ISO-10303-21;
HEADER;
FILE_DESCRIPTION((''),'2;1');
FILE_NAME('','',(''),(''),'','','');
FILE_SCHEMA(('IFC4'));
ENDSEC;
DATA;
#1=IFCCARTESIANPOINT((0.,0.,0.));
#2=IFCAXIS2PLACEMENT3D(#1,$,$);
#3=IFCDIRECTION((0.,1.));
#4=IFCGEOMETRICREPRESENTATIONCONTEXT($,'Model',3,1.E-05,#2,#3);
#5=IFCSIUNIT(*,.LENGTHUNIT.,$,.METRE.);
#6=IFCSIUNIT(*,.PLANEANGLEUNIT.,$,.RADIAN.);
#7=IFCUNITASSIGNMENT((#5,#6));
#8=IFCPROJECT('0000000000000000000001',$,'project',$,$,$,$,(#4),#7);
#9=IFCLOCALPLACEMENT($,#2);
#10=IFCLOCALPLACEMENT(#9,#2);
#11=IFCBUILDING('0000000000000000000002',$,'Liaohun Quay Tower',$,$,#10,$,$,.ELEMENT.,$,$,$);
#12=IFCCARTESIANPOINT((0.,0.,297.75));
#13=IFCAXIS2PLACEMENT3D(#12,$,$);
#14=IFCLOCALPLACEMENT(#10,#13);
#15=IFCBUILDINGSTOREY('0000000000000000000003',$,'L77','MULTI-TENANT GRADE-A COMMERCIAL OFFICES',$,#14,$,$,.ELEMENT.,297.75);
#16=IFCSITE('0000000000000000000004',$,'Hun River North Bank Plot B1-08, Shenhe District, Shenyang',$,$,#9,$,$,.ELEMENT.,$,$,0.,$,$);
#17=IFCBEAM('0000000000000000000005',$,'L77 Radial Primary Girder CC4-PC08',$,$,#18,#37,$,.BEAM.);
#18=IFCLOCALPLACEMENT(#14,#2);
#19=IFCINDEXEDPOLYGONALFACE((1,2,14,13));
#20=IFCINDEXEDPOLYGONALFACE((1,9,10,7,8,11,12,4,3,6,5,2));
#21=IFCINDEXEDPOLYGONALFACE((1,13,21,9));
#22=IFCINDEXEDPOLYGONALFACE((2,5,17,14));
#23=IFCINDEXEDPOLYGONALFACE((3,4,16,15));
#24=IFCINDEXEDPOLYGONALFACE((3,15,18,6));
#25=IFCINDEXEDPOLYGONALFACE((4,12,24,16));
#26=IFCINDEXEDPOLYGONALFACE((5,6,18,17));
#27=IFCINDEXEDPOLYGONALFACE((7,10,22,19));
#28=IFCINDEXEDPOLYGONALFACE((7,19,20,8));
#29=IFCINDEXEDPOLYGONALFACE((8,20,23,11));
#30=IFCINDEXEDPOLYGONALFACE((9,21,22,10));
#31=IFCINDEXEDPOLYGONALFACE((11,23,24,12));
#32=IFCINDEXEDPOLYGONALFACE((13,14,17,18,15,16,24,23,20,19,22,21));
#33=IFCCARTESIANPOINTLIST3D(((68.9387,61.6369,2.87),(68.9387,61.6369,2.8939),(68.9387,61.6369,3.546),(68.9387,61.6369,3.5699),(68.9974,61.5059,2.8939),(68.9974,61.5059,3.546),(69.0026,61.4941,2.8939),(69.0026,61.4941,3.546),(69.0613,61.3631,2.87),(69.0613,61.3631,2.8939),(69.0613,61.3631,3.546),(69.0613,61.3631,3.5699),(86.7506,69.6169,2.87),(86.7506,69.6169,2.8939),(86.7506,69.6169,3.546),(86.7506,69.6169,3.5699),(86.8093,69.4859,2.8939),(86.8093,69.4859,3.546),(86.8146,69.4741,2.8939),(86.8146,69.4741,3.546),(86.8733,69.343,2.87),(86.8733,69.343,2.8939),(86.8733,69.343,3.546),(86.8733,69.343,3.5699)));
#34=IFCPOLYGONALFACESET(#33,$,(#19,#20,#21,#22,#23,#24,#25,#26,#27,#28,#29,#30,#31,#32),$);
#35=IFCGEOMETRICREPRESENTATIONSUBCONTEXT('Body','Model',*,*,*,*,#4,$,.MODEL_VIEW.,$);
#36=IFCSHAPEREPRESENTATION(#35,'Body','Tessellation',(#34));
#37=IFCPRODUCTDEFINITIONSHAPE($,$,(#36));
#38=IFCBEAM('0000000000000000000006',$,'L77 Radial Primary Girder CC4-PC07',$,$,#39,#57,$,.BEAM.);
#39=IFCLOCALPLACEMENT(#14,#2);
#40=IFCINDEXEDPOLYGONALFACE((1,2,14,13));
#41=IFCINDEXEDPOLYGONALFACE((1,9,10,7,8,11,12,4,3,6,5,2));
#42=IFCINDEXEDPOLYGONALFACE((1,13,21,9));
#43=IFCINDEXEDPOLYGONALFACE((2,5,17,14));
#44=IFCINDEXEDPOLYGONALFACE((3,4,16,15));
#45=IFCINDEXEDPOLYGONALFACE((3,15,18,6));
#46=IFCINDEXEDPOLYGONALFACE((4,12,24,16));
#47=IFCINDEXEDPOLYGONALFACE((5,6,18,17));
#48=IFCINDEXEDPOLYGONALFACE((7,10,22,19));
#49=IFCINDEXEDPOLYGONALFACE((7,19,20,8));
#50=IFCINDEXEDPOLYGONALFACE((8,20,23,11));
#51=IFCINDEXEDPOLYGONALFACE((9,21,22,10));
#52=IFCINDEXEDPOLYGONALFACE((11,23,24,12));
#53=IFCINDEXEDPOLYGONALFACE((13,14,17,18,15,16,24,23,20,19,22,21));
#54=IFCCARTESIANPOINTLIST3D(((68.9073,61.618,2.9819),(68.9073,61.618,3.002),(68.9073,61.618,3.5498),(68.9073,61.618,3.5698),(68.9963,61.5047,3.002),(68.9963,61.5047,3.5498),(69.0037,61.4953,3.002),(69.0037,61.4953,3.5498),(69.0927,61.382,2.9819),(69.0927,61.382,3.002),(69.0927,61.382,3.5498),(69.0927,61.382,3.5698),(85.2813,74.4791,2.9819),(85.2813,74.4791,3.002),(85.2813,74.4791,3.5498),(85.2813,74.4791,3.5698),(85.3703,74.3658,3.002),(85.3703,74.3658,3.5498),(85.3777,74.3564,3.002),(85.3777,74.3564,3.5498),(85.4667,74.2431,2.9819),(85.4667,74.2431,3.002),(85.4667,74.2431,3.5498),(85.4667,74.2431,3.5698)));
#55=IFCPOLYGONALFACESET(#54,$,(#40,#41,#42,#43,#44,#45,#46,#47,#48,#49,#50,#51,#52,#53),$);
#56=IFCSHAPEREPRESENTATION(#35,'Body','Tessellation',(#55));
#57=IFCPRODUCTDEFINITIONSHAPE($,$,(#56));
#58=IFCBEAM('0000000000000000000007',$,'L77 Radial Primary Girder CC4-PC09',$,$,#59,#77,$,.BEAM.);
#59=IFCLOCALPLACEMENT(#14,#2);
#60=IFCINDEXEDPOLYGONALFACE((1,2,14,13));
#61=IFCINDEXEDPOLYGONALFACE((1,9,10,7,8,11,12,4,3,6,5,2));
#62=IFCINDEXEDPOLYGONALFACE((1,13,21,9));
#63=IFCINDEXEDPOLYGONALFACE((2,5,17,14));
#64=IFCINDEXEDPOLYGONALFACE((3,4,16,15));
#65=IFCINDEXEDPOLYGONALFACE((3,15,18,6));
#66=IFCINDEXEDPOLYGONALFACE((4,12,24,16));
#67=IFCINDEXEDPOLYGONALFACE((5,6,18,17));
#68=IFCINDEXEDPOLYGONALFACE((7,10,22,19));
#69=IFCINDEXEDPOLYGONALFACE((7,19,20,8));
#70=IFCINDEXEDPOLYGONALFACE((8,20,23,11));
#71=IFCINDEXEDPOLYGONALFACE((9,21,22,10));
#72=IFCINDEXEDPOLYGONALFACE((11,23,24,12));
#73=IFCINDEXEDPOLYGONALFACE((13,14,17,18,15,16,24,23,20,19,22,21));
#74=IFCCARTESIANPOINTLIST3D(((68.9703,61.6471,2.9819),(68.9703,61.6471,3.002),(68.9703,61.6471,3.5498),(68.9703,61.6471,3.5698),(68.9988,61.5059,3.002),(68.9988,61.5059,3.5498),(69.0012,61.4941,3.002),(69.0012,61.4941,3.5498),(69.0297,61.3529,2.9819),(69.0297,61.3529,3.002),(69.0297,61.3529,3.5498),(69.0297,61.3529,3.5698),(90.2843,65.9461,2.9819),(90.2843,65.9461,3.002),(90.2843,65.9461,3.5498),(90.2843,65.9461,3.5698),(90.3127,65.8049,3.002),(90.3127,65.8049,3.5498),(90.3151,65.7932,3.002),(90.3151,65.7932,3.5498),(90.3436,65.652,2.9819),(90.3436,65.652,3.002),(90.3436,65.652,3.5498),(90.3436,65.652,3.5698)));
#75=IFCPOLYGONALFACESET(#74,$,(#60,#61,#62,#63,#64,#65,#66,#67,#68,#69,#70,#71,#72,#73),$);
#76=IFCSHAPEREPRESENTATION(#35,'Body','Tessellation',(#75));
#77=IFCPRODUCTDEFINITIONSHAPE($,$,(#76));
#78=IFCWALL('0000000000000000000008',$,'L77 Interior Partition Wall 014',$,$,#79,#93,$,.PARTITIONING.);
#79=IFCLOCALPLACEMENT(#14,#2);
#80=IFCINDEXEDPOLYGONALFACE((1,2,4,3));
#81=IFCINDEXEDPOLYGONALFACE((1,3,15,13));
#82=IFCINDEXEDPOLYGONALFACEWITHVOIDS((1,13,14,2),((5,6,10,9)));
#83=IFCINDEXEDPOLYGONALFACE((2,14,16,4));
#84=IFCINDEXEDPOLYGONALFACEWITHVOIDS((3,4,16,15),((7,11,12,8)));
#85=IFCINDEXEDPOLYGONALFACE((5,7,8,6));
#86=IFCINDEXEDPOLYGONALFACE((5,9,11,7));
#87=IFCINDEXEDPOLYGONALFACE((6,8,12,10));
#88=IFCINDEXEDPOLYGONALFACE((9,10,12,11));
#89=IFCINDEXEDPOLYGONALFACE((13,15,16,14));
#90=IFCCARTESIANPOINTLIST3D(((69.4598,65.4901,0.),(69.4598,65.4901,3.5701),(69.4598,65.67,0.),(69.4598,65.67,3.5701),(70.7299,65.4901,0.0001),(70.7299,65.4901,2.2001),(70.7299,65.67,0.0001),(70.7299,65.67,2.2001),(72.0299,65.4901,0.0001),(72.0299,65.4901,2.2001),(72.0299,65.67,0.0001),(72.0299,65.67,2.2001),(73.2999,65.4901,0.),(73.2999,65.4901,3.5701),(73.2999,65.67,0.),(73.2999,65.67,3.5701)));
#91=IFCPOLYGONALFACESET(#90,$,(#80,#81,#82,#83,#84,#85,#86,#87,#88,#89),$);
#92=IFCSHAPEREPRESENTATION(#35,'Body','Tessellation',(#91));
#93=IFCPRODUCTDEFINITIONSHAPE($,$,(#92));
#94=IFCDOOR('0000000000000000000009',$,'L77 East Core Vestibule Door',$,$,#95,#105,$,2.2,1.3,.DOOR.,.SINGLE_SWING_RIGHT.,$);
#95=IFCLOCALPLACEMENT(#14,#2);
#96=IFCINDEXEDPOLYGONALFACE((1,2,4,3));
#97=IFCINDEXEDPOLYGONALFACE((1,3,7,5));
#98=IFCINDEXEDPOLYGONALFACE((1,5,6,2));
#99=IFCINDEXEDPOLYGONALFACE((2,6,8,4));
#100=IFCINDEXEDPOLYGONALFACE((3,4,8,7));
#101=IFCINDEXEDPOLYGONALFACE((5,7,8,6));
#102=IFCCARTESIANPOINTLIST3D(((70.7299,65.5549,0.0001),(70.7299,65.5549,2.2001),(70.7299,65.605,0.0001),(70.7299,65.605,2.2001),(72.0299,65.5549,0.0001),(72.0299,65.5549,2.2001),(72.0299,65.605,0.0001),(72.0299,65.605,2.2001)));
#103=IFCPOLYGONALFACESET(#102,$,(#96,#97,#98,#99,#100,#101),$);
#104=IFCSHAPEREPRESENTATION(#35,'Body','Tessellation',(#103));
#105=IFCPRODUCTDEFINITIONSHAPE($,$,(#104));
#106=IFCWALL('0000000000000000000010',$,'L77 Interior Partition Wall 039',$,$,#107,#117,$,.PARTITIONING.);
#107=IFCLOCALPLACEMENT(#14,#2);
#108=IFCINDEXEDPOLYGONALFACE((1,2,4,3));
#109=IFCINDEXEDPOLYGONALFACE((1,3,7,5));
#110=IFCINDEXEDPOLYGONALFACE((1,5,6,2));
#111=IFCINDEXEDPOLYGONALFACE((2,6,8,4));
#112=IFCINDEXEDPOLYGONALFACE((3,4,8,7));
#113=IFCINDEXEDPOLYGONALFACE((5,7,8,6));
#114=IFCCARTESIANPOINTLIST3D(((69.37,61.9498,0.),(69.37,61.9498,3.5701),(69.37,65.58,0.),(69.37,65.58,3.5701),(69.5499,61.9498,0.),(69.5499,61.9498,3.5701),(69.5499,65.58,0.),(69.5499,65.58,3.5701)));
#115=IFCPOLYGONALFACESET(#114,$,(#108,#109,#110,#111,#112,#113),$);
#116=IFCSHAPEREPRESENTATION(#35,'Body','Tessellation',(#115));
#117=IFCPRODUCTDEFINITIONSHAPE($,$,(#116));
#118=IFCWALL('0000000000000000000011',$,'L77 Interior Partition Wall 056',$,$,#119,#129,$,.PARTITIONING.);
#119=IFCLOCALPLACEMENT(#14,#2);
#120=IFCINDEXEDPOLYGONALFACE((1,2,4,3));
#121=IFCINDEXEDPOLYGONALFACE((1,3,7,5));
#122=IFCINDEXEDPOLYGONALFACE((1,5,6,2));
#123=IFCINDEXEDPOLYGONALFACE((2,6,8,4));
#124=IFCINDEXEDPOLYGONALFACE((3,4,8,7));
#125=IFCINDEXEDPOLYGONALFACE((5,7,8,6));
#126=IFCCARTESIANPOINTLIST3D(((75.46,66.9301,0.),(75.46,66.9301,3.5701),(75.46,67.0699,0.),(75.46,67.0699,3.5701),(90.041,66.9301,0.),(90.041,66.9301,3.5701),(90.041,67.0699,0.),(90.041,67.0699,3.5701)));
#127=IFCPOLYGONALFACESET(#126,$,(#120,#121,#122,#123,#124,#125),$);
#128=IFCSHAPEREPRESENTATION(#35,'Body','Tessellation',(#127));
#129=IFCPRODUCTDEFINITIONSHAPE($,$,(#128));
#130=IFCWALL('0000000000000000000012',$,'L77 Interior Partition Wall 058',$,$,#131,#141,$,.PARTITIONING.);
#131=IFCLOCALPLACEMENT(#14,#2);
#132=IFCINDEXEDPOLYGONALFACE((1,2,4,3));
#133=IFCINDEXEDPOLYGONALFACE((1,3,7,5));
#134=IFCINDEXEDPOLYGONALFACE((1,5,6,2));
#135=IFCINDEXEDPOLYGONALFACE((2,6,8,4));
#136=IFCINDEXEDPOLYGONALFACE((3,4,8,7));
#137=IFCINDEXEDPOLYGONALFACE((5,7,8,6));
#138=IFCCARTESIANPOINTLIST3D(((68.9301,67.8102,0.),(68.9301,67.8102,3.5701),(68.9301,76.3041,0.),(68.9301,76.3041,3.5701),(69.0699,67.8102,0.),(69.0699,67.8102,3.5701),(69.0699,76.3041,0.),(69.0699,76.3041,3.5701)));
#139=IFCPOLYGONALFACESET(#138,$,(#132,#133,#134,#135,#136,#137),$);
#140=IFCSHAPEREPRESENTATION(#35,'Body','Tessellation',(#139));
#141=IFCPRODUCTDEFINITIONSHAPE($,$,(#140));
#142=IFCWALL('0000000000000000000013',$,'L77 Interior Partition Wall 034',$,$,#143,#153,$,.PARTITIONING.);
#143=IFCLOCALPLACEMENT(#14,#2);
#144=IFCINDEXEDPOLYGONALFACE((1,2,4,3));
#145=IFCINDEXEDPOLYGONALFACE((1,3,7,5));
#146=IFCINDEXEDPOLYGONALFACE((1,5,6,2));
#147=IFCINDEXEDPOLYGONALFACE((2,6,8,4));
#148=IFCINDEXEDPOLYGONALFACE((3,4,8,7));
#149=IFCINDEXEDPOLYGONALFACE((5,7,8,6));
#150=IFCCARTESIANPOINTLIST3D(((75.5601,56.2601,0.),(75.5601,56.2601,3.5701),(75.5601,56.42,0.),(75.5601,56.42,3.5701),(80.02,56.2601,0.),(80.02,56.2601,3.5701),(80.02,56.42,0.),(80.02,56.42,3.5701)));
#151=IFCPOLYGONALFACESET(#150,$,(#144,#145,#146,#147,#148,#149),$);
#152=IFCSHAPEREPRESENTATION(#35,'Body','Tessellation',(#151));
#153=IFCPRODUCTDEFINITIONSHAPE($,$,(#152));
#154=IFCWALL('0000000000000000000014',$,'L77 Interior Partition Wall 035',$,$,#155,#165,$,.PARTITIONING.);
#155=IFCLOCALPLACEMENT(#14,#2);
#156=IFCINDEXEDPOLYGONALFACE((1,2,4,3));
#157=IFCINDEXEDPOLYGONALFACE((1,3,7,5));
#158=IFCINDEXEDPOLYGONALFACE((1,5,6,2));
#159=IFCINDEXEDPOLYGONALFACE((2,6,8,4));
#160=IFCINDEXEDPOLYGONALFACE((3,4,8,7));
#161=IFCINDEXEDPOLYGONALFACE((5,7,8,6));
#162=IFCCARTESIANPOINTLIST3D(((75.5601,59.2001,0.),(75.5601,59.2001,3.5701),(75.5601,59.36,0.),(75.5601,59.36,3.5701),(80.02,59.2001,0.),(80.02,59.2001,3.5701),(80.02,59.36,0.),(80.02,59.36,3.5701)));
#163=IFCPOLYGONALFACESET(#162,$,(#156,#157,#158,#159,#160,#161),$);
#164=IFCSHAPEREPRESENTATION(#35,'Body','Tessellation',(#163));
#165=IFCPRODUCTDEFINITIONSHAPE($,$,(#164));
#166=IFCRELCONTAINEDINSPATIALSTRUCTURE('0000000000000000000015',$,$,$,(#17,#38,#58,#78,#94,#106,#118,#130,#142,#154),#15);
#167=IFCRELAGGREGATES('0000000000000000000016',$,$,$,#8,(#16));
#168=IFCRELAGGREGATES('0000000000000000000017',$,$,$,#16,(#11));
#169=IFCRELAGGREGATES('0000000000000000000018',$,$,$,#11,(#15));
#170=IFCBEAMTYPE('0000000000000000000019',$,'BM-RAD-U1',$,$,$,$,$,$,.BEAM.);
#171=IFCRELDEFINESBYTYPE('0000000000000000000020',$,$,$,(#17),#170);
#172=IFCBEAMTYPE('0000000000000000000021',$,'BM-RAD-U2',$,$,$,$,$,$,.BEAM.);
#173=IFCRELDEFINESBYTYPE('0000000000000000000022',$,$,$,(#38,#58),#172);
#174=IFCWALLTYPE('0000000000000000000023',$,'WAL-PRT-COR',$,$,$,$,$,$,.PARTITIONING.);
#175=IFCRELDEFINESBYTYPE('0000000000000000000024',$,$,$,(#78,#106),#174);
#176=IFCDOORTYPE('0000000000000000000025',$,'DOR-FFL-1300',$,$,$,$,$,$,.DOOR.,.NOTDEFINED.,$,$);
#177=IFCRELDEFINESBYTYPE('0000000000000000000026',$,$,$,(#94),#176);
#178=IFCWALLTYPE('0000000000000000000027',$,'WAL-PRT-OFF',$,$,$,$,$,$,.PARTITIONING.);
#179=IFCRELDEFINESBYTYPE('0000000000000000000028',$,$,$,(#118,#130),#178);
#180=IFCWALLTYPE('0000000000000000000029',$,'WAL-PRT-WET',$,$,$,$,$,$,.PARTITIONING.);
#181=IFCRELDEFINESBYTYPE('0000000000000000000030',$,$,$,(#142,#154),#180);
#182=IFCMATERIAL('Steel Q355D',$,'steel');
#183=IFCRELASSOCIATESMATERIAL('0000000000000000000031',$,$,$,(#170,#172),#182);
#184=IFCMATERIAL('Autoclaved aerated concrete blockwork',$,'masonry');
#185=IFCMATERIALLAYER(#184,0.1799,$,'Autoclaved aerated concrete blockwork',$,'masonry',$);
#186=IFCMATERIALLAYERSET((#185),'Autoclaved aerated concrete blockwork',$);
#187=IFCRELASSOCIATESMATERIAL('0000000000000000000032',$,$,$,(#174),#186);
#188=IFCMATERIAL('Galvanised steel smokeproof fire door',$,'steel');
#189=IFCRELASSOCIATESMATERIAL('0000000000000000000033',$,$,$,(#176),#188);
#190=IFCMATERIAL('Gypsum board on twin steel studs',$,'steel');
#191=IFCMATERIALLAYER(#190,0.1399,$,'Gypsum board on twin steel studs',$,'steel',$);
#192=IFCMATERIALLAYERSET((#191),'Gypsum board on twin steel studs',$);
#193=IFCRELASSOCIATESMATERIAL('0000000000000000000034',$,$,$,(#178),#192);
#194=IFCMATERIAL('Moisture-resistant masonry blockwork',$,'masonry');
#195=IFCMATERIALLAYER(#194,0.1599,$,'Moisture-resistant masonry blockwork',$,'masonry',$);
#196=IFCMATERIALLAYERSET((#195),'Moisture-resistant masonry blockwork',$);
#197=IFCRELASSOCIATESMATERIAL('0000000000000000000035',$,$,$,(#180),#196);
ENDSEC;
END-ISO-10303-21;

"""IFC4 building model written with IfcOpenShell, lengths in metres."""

from ifc_helpers import new_model, si_unit, direction, frame, frame_2d, origin, origin_2d, place, context, subcontext, project, spatial, rectangle, i_section, extrude, source, transform, mapped, material, layer, layer_set, material_profile, profile_set, type_object, element, fill, save


model = new_model("IFC4")

# Units and contexts
model_context = context("Model", 3, precision=1e-05, world=origin(), true_north=direction((0.0, 1.0)))
body_context = subcontext(model_context, "Body", "Model", "MODEL_VIEW")
ifc_project = project(units=[si_unit("LENGTHUNIT", "METRE"), si_unit("PLANEANGLEUNIT", "RADIAN")], contexts=[model_context])

# Site, building, storey
site_placement = place(None, origin())
site = spatial("IfcSite", under=ifc_project, at=site_placement, Name="Hun River North Bank Plot B1-08, Shenhe District, Shenyang", CompositionType="ELEMENT", RefElevation=0.0)
building_placement = place(site_placement, origin())
building = spatial("IfcBuilding", under=site, at=building_placement, Name="Liaohun Quay Tower", CompositionType="ELEMENT")
storey_placement = place(building_placement, frame((0.0, 0.0, 297.75)))
storey = spatial("IfcBuildingStorey", under=building, at=storey_placement, Name="L77", Description="MULTI-TENANT GRADE-A COMMERCIAL OFFICES", CompositionType="ELEMENT", Elevation=297.75)

# Beams
ifc_material_1 = material(Name="Steel Q355D", Category="steel")
ifc_material_profile_1 = material_profile(ifc_material_1, i_section(OverallWidth=0.3, OverallDepth=0.7, WebThickness=0.0129, FlangeThickness=0.0239, at=origin_2d()), Name="HN700x300x13x24")
ifc_profile_set_1 = profile_set([ifc_material_profile_1], Name="Steel Q355D")
beam_type_1 = type_object("IfcBeamType", Name="BM-RAD-U1", PredefinedType="BEAM", material=ifc_profile_set_1)
shared_shape_1 = source(origin(), body_context, "Body", "SweptSolid", [
    extrude(i_section(OverallWidth=0.3, OverallDepth=0.7, WebThickness=0.0129, FlangeThickness=0.0239, at=origin_2d()), origin(), (0.0, 0.0, 1.0), 19.5178),
])
beam_1_placement = place(storey_placement, frame((69.0, 61.5, 3.22), z_axis=(0.912599, 0.408855, 0.0), x_axis=(-0.408855, 0.912599, 0.0)))
element("IfcBeam", 1, at=beam_1_placement, inside=storey, type_object=beam_type_1, Name="L77 Radial Primary Girder CC4-PC08", PredefinedType="BEAM", context=body_context, shape_type="MappedRepresentation", body=[
    mapped(shared_shape_1, transform((0.0, 0.0, 0.0), x_axis=(1.0, 0.0, 0.0), y_axis=(0.0, 1.0, 0.0), z_axis=(0.0, 0.0, 1.0), scale=1.0)),
])
ifc_material_profile_2 = material_profile(ifc_material_1, i_section(OverallWidth=0.3, OverallDepth=0.5879, WebThickness=0.012, FlangeThickness=0.02, at=origin_2d()), Name="HM588x300x12x20")
ifc_profile_set_2 = profile_set([ifc_material_profile_2], Name="Steel Q355D")
beam_type_2 = type_object("IfcBeamType", Name="BM-RAD-U2", PredefinedType="BEAM", material=ifc_profile_set_2)
shared_shape_2 = source(origin(), body_context, "Body", "SweptSolid", [
    extrude(i_section(OverallWidth=0.3, OverallDepth=0.5879, WebThickness=0.012, FlangeThickness=0.02, at=origin_2d()), origin(), (0.0, 0.0, 1.0), 20.821),
])
beam_2_placement = place(storey_placement, frame((69.0, 61.5, 3.2759), z_axis=(0.786417, 0.617696, 0.0), x_axis=(-0.617696, 0.786417, 0.0)))
element("IfcBeam", 2, at=beam_2_placement, inside=storey, type_object=beam_type_2, Name="L77 Radial Primary Girder CC4-PC07", PredefinedType="BEAM", context=body_context, shape_type="MappedRepresentation", body=[
    mapped(shared_shape_2, transform((0.0, 0.0, 0.0), x_axis=(1.0, 0.0, 0.0), y_axis=(0.0, 1.0, 0.0), z_axis=(0.0, 0.0, 1.0), scale=1.0)),
])
shared_shape_3 = source(origin(), body_context, "Body", "SweptSolid", [
    extrude(i_section(OverallWidth=0.3, OverallDepth=0.5879, WebThickness=0.012, FlangeThickness=0.02, at=origin_2d()), origin(), (0.0, 0.0, 1.0), 21.7432),
])
beam_3_placement = place(storey_placement, frame((69.0, 61.5, 3.2759), z_axis=(0.980258, 0.19772, 0.0), x_axis=(-0.19772, 0.980258, 0.0)))
element("IfcBeam", 3, at=beam_3_placement, inside=storey, type_object=beam_type_2, Name="L77 Radial Primary Girder CC4-PC09", PredefinedType="BEAM", context=body_context, shape_type="MappedRepresentation", body=[
    mapped(shared_shape_3, transform((0.0, 0.0, 0.0), x_axis=(1.0, 0.0, 0.0), y_axis=(0.0, 1.0, 0.0), z_axis=(0.0, 0.0, 1.0), scale=1.0)),
])

# Wall, opening, door
ifc_material_2 = material(Name="Autoclaved aerated concrete blockwork", Category="masonry")
ifc_layer_1 = layer(ifc_material_2, 0.1799, Name="Autoclaved aerated concrete blockwork", Category="masonry")
ifc_layer_set_1 = layer_set([ifc_layer_1], Name="Autoclaved aerated concrete blockwork")
wall_type_1 = type_object("IfcWallType", Name="WAL-PRT-COR", PredefinedType="PARTITIONING", material=ifc_layer_set_1)
wall_1_placement = place(storey_placement, frame((69.46, 65.5801, 0.0), z_axis=(0.0, 0.0, 1.0), x_axis=(1.0, 0.0, 0.0)))
wall_1 = element("IfcWall", 4, at=wall_1_placement, inside=storey, type_object=wall_type_1, Name="L77 Interior Partition Wall 014", PredefinedType="PARTITIONING", context=body_context, shape_type="SweptSolid", body=[
    extrude(rectangle(XDim=3.8401, YDim=0.1799, at=frame_2d((1.9199, 0.0))), origin(), (0.0, 0.0, 1.0), 3.5701),
])
shared_shape_4 = source(origin(), body_context, "Body", "SweptSolid", [
    extrude(rectangle(XDim=1.3, YDim=2.2, at=frame_2d((0.6499, 1.1001))), frame((0.0, 0.0999, 0.0), z_axis=(0.0, -1.0, 0.0), x_axis=(1.0, 0.0, 0.0)), (0.0, 0.0, 1.0), 0.2),
])
opening_1_placement = place(wall_1_placement, frame((1.27, 0.0, 0.0)))
opening_1 = element("IfcOpeningElement", 5, at=opening_1_placement, cuts=wall_1, PredefinedType="OPENING", context=body_context, shape_type="MappedRepresentation", body=[
    mapped(shared_shape_4, transform((0.0, 0.0, 0.0), x_axis=(1.0, 0.0, 0.0), y_axis=(0.0, 1.0, 0.0), z_axis=(0.0, 0.0, 1.0), scale=1.0)),
])
ifc_material_3 = material(Name="Galvanised steel smokeproof fire door", Category="steel")
door_type_1 = type_object("IfcDoorType", Name="DOR-FFL-1300", OperationType="NOTDEFINED", PredefinedType="DOOR", material=ifc_material_3)
shared_shape_5 = source(origin(), body_context, "Body", "SweptSolid", [
    extrude(rectangle(XDim=1.3, YDim=2.2, at=frame_2d((0.6499, 1.1001))), frame((0.0, 0.0249, 0.0), z_axis=(0.0, -1.0, 0.0), x_axis=(1.0, 0.0, 0.0)), (0.0, 0.0, 1.0), 0.05),
])
door_1_placement = place(opening_1_placement, origin())
door_1 = element("IfcDoor", 6, at=door_1_placement, inside=storey, type_object=door_type_1, Name="L77 East Core Vestibule Door", OperationType="SINGLE_SWING_RIGHT", OverallHeight=2.2, OverallWidth=1.3, PredefinedType="DOOR", context=body_context, shape_type="MappedRepresentation", body=[
    mapped(shared_shape_5, transform((0.0, 0.0, 0.0), x_axis=(1.0, 0.0, 0.0), y_axis=(0.0, 1.0, 0.0), z_axis=(0.0, 0.0, 1.0), scale=1.0)),
])
fill(opening_1, door_1)

# Walls
wall_2_placement = place(storey_placement, frame((69.46, 61.95, 0.0), z_axis=(0.0, 0.0, 1.0), x_axis=(0.0, 1.0, 0.0)))
element("IfcWall", 7, at=wall_2_placement, inside=storey, type_object=wall_type_1, Name="L77 Interior Partition Wall 039", PredefinedType="PARTITIONING", context=body_context, shape_type="SweptSolid", body=[
    extrude(rectangle(XDim=3.6301, YDim=0.1799, at=frame_2d((1.8149, 0.0))), origin(), (0.0, 0.0, 1.0), 3.5701),
])
ifc_material_4 = material(Name="Gypsum board on twin steel studs", Category="steel")
ifc_layer_2 = layer(ifc_material_4, 0.1399, Name="Gypsum board on twin steel studs", Category="steel")
ifc_layer_set_2 = layer_set([ifc_layer_2], Name="Gypsum board on twin steel studs")
wall_type_2 = type_object("IfcWallType", Name="WAL-PRT-OFF", PredefinedType="PARTITIONING", material=ifc_layer_set_2)
wall_3_placement = place(storey_placement, frame((75.46, 67.0, 0.0), z_axis=(0.0, 0.0, 1.0), x_axis=(1.0, 0.0, 0.0)))
element("IfcWall", 8, at=wall_3_placement, inside=storey, type_object=wall_type_2, Name="L77 Interior Partition Wall 056", PredefinedType="PARTITIONING", context=body_context, shape_type="SweptSolid", body=[
    extrude(rectangle(XDim=14.5811, YDim=0.1399, at=frame_2d((7.2905, 0.0))), origin(), (0.0, 0.0, 1.0), 3.5701),
])
wall_4_placement = place(storey_placement, frame((69.0, 67.8101, 0.0), z_axis=(0.0, 0.0, 1.0), x_axis=(0.0, 1.0, 0.0)))
element("IfcWall", 9, at=wall_4_placement, inside=storey, type_object=wall_type_2, Name="L77 Interior Partition Wall 058", PredefinedType="PARTITIONING", context=body_context, shape_type="SweptSolid", body=[
    extrude(rectangle(XDim=8.4939, YDim=0.1399, at=frame_2d((4.2471, 0.0))), origin(), (0.0, 0.0, 1.0), 3.5701),
])

# Shared definitions
ifc_material_5 = material(Name="Moisture-resistant masonry blockwork", Category="masonry")
ifc_layer_3 = layer(ifc_material_5, 0.1599, Name="Moisture-resistant masonry blockwork", Category="masonry")
ifc_layer_set_3 = layer_set([ifc_layer_3], Name="Moisture-resistant masonry blockwork")
wall_type_3 = type_object("IfcWallType", Name="WAL-PRT-WET", PredefinedType="PARTITIONING", material=ifc_layer_set_3)

# Walls
for number, where, z_axis, x_axis, name in (
    (10, (75.5601, 56.3401, 0.0), (0.0, 0.0, 1.0), (1.0, 0.0, 0.0), "L77 Interior Partition Wall 034"),
    (11, (75.5601, 59.28, 0.0), (0.0, 0.0, 1.0), (1.0, 0.0, 0.0), "L77 Interior Partition Wall 035"),
):
    element("IfcWall", number, at=place(storey_placement, frame(where, z_axis=z_axis, x_axis=x_axis)), inside=storey, type_object=wall_type_3, Name=name, PredefinedType="PARTITIONING", context=body_context, shape_type="SweptSolid", body=[
        extrude(rectangle(XDim=4.46, YDim=0.1599, at=frame_2d((2.23, 0.0))), origin(), (0.0, 0.0, 1.0), 3.5701),
    ])

save(model, "model.ifc")
